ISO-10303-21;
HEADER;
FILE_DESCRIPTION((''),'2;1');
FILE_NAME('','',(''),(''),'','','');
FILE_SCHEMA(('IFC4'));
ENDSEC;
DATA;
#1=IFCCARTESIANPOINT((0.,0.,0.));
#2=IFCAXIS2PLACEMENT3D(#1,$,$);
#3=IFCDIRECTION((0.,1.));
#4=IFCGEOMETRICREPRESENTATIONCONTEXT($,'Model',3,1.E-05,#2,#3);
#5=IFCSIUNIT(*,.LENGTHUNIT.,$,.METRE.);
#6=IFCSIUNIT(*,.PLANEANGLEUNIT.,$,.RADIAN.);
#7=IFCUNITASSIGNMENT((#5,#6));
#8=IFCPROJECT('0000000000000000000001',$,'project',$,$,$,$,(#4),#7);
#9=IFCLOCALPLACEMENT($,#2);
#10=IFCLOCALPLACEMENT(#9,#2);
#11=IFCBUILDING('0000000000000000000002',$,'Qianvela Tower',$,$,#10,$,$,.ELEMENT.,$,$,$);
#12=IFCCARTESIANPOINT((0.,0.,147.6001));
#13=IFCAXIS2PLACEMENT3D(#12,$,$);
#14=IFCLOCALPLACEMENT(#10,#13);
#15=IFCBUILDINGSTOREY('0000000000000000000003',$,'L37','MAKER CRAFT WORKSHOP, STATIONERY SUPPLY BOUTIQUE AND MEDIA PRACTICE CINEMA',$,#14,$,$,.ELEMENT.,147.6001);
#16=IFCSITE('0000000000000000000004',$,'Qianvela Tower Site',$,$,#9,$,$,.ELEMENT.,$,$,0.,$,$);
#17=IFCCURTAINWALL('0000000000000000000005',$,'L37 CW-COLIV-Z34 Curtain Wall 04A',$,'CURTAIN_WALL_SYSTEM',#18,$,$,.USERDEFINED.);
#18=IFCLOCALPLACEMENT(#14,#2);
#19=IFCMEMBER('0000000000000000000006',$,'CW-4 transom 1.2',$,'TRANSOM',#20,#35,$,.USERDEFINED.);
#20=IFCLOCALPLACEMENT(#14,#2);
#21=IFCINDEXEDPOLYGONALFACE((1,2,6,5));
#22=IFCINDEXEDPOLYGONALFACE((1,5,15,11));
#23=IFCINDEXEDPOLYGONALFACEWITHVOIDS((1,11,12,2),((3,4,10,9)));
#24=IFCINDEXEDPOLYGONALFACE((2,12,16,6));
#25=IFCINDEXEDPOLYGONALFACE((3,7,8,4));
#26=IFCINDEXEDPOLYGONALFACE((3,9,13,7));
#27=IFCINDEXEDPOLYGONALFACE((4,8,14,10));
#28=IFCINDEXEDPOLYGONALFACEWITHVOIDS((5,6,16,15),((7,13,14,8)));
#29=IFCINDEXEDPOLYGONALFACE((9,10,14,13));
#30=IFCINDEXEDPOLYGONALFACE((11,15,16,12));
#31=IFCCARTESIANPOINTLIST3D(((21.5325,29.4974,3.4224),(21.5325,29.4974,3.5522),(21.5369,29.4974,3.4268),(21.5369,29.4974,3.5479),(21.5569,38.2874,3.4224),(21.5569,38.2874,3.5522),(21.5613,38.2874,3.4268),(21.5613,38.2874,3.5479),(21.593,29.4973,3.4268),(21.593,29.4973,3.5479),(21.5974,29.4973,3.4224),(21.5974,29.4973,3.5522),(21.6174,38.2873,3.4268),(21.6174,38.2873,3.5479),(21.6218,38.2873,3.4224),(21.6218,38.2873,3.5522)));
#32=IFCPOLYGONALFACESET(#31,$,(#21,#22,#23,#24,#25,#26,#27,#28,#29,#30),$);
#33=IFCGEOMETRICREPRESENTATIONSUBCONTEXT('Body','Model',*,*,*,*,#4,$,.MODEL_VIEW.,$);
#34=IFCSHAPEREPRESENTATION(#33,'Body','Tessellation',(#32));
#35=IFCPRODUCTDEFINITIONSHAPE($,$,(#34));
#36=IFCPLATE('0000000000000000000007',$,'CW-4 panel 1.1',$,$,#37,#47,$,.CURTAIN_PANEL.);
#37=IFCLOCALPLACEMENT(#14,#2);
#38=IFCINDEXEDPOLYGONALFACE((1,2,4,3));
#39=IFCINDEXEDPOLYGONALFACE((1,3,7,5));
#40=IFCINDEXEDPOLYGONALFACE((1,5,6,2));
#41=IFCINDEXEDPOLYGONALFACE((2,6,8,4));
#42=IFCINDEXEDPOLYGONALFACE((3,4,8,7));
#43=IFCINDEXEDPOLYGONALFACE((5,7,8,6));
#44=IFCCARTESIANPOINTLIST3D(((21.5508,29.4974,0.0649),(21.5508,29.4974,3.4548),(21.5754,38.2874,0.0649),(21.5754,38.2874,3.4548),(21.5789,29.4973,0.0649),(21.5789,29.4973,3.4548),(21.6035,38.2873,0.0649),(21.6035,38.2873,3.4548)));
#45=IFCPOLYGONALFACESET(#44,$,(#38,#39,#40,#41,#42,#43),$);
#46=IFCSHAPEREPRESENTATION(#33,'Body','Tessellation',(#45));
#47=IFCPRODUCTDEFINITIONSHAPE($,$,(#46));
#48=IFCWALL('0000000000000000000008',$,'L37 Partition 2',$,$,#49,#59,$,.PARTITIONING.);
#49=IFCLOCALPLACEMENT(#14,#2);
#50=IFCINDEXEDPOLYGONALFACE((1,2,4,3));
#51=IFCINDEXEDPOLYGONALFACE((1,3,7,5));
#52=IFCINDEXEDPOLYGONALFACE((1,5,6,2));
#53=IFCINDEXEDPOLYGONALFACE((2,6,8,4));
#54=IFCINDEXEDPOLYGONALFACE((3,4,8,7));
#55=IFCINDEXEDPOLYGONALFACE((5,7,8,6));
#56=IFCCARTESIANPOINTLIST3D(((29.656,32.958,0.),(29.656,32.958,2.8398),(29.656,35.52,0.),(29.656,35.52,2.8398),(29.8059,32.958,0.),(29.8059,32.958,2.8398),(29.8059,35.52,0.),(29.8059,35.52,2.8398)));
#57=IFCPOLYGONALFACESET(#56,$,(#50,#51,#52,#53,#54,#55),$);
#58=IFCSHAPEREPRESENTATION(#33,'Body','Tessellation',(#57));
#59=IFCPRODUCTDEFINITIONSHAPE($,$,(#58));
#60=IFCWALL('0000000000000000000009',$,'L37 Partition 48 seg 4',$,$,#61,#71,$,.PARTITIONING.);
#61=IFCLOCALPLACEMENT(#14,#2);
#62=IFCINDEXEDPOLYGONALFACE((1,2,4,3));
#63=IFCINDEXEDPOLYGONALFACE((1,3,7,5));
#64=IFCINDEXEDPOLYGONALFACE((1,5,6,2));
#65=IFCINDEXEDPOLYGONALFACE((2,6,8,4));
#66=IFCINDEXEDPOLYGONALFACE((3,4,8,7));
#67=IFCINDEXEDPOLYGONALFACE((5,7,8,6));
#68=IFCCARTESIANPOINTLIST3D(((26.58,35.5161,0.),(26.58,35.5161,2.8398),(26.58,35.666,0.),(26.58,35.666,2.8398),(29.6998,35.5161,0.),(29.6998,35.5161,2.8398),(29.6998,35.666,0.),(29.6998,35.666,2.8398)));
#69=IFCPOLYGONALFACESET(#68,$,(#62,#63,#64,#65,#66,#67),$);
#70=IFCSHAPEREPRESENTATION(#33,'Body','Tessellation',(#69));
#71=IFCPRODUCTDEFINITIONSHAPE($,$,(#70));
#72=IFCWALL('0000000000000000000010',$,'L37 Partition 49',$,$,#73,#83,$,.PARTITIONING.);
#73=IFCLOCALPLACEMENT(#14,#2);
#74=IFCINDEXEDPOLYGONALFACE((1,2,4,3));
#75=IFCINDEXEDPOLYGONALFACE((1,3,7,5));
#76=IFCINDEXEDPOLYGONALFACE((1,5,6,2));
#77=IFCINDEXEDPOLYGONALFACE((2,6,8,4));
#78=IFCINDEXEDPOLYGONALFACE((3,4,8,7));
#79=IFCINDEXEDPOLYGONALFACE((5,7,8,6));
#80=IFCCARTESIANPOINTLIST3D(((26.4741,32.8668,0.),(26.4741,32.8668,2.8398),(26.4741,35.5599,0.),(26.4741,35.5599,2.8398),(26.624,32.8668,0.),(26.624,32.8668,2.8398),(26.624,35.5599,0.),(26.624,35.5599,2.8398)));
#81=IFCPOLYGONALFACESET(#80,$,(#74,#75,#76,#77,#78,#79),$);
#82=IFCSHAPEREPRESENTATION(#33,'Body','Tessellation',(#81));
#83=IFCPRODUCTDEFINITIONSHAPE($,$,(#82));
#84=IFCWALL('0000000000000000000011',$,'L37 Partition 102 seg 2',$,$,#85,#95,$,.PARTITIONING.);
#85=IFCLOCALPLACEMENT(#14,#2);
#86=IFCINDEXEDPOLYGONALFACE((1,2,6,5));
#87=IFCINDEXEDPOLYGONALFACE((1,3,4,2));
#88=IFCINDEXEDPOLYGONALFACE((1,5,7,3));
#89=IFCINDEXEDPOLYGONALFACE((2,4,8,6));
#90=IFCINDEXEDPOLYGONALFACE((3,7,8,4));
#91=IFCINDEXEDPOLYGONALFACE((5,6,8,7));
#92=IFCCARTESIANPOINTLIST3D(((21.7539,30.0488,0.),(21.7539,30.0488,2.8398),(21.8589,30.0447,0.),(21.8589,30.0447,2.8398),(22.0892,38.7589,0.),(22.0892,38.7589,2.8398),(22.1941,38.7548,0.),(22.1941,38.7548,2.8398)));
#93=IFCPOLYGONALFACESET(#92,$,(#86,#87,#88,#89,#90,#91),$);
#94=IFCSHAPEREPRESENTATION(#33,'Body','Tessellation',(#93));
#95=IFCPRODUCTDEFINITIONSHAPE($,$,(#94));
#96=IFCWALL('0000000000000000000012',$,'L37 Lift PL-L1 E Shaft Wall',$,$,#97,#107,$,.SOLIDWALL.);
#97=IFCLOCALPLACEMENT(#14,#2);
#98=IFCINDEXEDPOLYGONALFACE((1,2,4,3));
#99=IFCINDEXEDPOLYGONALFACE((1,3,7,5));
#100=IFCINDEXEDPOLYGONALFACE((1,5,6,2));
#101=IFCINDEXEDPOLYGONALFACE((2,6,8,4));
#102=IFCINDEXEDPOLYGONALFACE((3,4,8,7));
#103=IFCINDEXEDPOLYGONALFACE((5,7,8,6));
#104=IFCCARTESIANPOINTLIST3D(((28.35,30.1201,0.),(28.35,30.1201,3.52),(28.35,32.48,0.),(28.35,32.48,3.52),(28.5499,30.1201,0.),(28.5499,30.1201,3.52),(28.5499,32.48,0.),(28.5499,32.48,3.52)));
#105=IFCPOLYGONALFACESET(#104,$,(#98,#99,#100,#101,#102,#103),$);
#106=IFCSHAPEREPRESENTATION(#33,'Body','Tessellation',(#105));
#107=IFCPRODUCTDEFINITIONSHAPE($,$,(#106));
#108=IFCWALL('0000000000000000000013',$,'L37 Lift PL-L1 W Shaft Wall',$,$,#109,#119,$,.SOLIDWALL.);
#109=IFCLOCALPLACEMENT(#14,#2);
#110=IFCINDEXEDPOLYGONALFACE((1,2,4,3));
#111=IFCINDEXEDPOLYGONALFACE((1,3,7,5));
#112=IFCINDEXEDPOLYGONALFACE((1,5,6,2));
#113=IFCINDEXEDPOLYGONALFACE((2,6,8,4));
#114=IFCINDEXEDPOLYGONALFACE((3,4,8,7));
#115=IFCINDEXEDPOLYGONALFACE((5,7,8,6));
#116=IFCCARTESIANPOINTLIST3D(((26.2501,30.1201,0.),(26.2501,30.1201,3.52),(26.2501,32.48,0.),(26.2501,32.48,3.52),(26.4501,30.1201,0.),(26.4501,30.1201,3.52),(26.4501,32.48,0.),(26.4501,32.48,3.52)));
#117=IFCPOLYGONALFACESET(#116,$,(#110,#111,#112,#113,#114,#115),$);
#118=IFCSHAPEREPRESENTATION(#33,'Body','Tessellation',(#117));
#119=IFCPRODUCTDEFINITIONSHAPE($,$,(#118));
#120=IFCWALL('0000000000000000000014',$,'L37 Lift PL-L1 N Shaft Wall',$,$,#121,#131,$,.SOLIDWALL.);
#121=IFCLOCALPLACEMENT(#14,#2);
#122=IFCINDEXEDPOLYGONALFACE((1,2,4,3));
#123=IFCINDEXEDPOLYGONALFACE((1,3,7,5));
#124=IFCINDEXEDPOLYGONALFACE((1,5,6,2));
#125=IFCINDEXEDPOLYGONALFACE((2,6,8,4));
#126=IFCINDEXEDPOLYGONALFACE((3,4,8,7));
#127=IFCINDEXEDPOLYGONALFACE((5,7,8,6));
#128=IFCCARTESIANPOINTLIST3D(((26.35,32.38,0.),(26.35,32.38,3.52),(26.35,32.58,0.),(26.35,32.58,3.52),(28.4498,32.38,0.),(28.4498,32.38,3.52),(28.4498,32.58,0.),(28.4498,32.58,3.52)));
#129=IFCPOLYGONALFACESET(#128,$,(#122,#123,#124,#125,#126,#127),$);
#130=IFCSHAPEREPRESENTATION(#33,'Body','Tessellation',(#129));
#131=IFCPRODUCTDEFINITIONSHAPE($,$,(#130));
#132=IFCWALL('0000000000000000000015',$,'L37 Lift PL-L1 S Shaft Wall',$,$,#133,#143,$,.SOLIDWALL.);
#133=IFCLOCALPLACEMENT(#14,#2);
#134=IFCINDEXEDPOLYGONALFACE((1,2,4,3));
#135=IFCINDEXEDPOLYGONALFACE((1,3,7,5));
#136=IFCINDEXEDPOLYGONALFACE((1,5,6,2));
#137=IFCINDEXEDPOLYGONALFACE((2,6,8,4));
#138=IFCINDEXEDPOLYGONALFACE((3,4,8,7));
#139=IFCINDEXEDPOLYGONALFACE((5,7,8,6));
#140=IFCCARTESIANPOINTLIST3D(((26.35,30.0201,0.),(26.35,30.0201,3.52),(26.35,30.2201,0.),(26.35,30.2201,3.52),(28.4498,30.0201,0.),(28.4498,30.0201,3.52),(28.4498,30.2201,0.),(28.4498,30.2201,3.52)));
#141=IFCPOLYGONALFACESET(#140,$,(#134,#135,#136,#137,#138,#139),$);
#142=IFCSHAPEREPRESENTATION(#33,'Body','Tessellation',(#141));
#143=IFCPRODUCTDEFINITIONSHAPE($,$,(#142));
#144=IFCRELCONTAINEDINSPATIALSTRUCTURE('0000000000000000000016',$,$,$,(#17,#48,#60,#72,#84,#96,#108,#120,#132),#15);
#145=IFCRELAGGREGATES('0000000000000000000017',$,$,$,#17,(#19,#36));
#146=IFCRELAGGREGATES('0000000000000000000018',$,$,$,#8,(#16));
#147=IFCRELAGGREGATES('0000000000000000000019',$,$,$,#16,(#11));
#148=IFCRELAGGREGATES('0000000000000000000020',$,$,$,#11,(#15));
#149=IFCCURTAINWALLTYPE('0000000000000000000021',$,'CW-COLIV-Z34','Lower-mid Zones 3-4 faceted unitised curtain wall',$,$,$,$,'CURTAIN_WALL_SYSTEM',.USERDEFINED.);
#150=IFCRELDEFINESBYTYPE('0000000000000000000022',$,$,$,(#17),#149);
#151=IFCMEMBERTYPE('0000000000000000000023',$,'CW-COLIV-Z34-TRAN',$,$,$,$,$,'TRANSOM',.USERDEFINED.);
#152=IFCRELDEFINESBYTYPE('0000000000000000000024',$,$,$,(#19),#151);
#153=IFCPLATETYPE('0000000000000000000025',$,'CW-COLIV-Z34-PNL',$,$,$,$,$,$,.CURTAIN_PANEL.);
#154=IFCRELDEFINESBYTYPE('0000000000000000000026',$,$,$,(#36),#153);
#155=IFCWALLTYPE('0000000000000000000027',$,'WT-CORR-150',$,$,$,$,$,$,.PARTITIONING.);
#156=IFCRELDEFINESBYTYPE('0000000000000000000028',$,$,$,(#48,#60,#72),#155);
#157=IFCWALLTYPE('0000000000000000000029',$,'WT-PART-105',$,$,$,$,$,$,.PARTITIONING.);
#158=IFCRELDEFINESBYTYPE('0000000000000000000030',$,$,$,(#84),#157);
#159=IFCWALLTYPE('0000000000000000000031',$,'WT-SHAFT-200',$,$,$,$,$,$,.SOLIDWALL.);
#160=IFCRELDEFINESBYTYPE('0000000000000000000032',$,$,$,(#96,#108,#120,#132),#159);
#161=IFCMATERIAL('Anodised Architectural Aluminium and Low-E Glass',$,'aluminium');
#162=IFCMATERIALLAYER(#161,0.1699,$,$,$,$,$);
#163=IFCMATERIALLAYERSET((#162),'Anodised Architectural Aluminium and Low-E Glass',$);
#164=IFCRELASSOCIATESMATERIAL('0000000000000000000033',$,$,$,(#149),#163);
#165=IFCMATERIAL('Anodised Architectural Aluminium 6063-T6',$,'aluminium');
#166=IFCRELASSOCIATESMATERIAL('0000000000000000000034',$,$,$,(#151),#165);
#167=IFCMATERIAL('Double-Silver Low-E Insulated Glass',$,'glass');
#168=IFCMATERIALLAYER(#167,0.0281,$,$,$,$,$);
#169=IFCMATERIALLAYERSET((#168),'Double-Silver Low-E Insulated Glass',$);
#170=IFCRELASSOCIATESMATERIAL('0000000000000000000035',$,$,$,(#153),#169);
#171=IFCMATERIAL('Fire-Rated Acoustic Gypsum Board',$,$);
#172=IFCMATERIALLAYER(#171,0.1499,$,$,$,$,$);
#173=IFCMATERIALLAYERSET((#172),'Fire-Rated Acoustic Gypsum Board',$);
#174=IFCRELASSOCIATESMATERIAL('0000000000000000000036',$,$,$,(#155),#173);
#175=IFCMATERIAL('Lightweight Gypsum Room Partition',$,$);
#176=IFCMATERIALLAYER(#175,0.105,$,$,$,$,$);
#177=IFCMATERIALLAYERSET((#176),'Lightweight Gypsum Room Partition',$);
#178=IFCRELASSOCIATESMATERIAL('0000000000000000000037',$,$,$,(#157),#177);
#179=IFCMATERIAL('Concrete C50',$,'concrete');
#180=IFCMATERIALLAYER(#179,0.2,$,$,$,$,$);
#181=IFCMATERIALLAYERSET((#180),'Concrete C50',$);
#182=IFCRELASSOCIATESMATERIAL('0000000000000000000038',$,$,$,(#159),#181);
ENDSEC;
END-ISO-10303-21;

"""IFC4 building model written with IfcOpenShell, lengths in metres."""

from ifc_helpers import new_model, si_unit, direction, frame, frame_2d, origin, origin_2d, place, context, subcontext, project, spatial, rectangle, hollow_rectangle, extrude, material, layer, layer_set, material_profile, profile_set, type_object, element, aggregate, save


model = new_model("IFC4")

# Units and contexts
model_context = context("Model", 3, precision=1e-05, world=origin(), true_north=direction((0.0, 1.0)))
body_context = subcontext(model_context, "Body", "Model", "MODEL_VIEW")
ifc_project = project(units=[si_unit("LENGTHUNIT", "METRE"), si_unit("PLANEANGLEUNIT", "RADIAN")], contexts=[model_context])

# Site, building, storey
site_placement = place(None, origin())
site = spatial("IfcSite", under=ifc_project, at=site_placement, Name="Qianvela Tower Site", CompositionType="ELEMENT", RefElevation=0.0)
building_placement = place(site_placement, origin())
building = spatial("IfcBuilding", under=site, at=building_placement, Name="Qianvela Tower", CompositionType="ELEMENT")
storey_placement = place(building_placement, frame((0.0, 0.0, 147.6001)))
storey = spatial("IfcBuildingStorey", under=building, at=storey_placement, Name="L37", Description="MAKER CRAFT WORKSHOP, STATIONERY SUPPLY BOUTIQUE AND MEDIA PRACTICE CINEMA", CompositionType="ELEMENT", Elevation=147.6001)

# Curtain wall, member, plate
ifc_material_1 = material(Name="Anodised Architectural Aluminium and Low-E Glass", Category="aluminium")
ifc_layer_1 = layer(ifc_material_1, 0.1699)
ifc_layer_set_1 = layer_set([ifc_layer_1], Name="Anodised Architectural Aluminium and Low-E Glass")
curtain_wall_type = type_object("IfcCurtainWallType", Name="CW-COLIV-Z34", Description="Lower-mid Zones 3-4 faceted unitised curtain wall", ElementType="CURTAIN_WALL_SYSTEM", PredefinedType="USERDEFINED", material=ifc_layer_set_1)
curtain_wall_placement = place(storey_placement, origin())
curtain_wall = element("IfcCurtainWall", 1, at=curtain_wall_placement, inside=storey, type_object=curtain_wall_type, Name="L37 CW-COLIV-Z34 Curtain Wall 04A", ObjectType="CURTAIN_WALL_SYSTEM", PredefinedType="USERDEFINED")
ifc_material_2 = material(Name="Anodised Architectural Aluminium 6063-T6", Category="aluminium")
ifc_material_profile_1 = material_profile(ifc_material_2, hollow_rectangle(XDim=0.0649, YDim=0.1299, WallThickness=0.0044, at=origin_2d()), Name="ALU-TRAN-65x130")
ifc_profile_set_1 = profile_set([ifc_material_profile_1], Name="Anodised Architectural Aluminium 6063-T6")
member_type = type_object("IfcMemberType", Name="CW-COLIV-Z34-TRAN", ElementType="TRANSOM", PredefinedType="USERDEFINED", material=ifc_profile_set_1)
member_1_placement = place(storey_placement, frame((21.5894, 38.2874, 3.4873), z_axis=(-0.002777, -0.999996, 0.0), x_axis=(0.999996, -0.002777, 0.0)))
member_1 = element("IfcMember", 2, at=member_1_placement, type_object=member_type, Name="CW-4 transom 1.2", ObjectType="TRANSOM", PredefinedType="USERDEFINED", context=body_context, shape_type="SweptSolid", body=[
    extrude(hollow_rectangle(XDim=0.0649, YDim=0.1299, WallThickness=0.0044, at=origin_2d()), origin(), (0.0, 0.0, 1.0), 8.79),
])
ifc_material_3 = material(Name="Double-Silver Low-E Insulated Glass", Category="glass")
ifc_layer_2 = layer(ifc_material_3, 0.0281)
ifc_layer_set_2 = layer_set([ifc_layer_2], Name="Double-Silver Low-E Insulated Glass")
plate_type = type_object("IfcPlateType", Name="CW-COLIV-Z34-PNL", PredefinedType="CURTAIN_PANEL", material=ifc_layer_set_2)
plate_placement = place(storey_placement, frame((21.5771, 33.8923, 0.0649), z_axis=(0.0, 0.0, 1.0), x_axis=(-0.002791, -0.999996, 0.0)))
plate = element("IfcPlate", 3, at=plate_placement, type_object=plate_type, Name="CW-4 panel 1.1", PredefinedType="CURTAIN_PANEL", context=body_context, shape_type="SweptSolid", body=[
    extrude(rectangle(XDim=8.79, YDim=0.0281, at=origin_2d()), origin(), (0.0, 0.0, 1.0), 3.3899),
])
aggregate(curtain_wall, [member_1, plate])

# Wall
ifc_material_4 = material(Name="Fire-Rated Acoustic Gypsum Board")
ifc_layer_3 = layer(ifc_material_4, 0.1499)
ifc_layer_set_3 = layer_set([ifc_layer_3], Name="Fire-Rated Acoustic Gypsum Board")
wall_type_1 = type_object("IfcWallType", Name="WT-CORR-150", PredefinedType="PARTITIONING", material=ifc_layer_set_3)
wall_1_placement = place(storey_placement, frame((29.731, 32.958, 0.0), z_axis=(0.0, 0.0, 1.0), x_axis=(0.0, 1.0, 0.0)))
element("IfcWall", 4, at=wall_1_placement, inside=storey, type_object=wall_type_1, Name="L37 Partition 2", PredefinedType="PARTITIONING", context=body_context, shape_type="SweptSolid", body=[
    extrude(rectangle(XDim=2.562, YDim=0.1499, at=frame_2d((1.281, 0.0))), origin(), (0.0, 0.0, 1.0), 2.8398),
])

# Walls
wall_2_placement = place(storey_placement, frame((29.7, 35.5911, 0.0), z_axis=(0.0, 0.0, 1.0), x_axis=(-1.0, 0.0, 0.0)))
element("IfcWall", 5, at=wall_2_placement, inside=storey, type_object=wall_type_1, Name="L37 Partition 48 seg 4", PredefinedType="PARTITIONING", context=body_context, shape_type="SweptSolid", body=[
    extrude(rectangle(XDim=3.1199, YDim=0.1499, at=frame_2d((1.5601, 0.0))), origin(), (0.0, 0.0, 1.0), 2.8398),
])
wall_3_placement = place(storey_placement, frame((26.5491, 35.5601, 0.0), z_axis=(0.0, 0.0, 1.0), x_axis=(0.0, -1.0, 0.0)))
element("IfcWall", 6, at=wall_3_placement, inside=storey, type_object=wall_type_1, Name="L37 Partition 49", PredefinedType="PARTITIONING", context=body_context, shape_type="SweptSolid", body=[
    extrude(rectangle(XDim=2.6931, YDim=0.1499, at=frame_2d((1.3467, 0.0))), origin(), (0.0, 0.0, 1.0), 2.8398),
])
ifc_material_5 = material(Name="Lightweight Gypsum Room Partition")
ifc_layer_4 = layer(ifc_material_5, 0.105)
ifc_layer_set_4 = layer_set([ifc_layer_4], Name="Lightweight Gypsum Room Partition")
wall_type_2 = type_object("IfcWallType", Name="WT-PART-105", PredefinedType="PARTITIONING", material=ifc_layer_set_4)
wall_4_placement = place(storey_placement, frame((21.8064, 30.0466, 0.0), z_axis=(0.0, 0.0, 1.0), x_axis=(0.038456, 0.99926, 0.0)))
element("IfcWall", 7, at=wall_4_placement, inside=storey, type_object=wall_type_2, Name="L37 Partition 102 seg 2", PredefinedType="PARTITIONING", context=body_context, shape_type="SweptSolid", body=[
    extrude(rectangle(XDim=8.7166, YDim=0.105, at=frame_2d((4.3584, 0.0))), origin(), (0.0, 0.0, 1.0), 2.8398),
])
ifc_material_6 = material(Name="Concrete C50", Category="concrete")
ifc_layer_5 = layer(ifc_material_6, 0.2)
ifc_layer_set_5 = layer_set([ifc_layer_5], Name="Concrete C50")
wall_type_3 = type_object("IfcWallType", Name="WT-SHAFT-200", PredefinedType="SOLIDWALL", material=ifc_layer_set_5)
for number, where, z_axis, x_axis, name in (
    (8, (28.45, 30.1201, 0.0), (0.0, 0.0, 1.0), (0.0, 1.0, 0.0), "L37 Lift PL-L1 E Shaft Wall"),
    (9, (26.3501, 30.1201, 0.0), (0.0, 0.0, 1.0), (0.0, 1.0, 0.0), "L37 Lift PL-L1 W Shaft Wall"),
):
    element("IfcWall", number, at=place(storey_placement, frame(where, z_axis=z_axis, x_axis=x_axis)), inside=storey, type_object=wall_type_3, Name=name, PredefinedType="SOLIDWALL", context=body_context, shape_type="SweptSolid", body=[
        extrude(rectangle(XDim=2.3599, YDim=0.2, at=frame_2d((1.1799, 0.0))), origin(), (0.0, 0.0, 1.0), 3.52),
    ])
for number, where, z_axis, x_axis, name in (
    (10, (26.3501, 32.48, 0.0), (0.0, 0.0, 1.0), (1.0, 0.0, 0.0), "L37 Lift PL-L1 N Shaft Wall"),
    (11, (26.3501, 30.1201, 0.0), (0.0, 0.0, 1.0), (1.0, 0.0, 0.0), "L37 Lift PL-L1 S Shaft Wall"),
):
    element("IfcWall", number, at=place(storey_placement, frame(where, z_axis=z_axis, x_axis=x_axis)), inside=storey, type_object=wall_type_3, Name=name, PredefinedType="SOLIDWALL", context=body_context, shape_type="SweptSolid", body=[
        extrude(rectangle(XDim=2.0999, YDim=0.2, at=frame_2d((1.0498, 0.0))), origin(), (0.0, 0.0, 1.0), 3.52),
    ])

save(model, "model.ifc")
